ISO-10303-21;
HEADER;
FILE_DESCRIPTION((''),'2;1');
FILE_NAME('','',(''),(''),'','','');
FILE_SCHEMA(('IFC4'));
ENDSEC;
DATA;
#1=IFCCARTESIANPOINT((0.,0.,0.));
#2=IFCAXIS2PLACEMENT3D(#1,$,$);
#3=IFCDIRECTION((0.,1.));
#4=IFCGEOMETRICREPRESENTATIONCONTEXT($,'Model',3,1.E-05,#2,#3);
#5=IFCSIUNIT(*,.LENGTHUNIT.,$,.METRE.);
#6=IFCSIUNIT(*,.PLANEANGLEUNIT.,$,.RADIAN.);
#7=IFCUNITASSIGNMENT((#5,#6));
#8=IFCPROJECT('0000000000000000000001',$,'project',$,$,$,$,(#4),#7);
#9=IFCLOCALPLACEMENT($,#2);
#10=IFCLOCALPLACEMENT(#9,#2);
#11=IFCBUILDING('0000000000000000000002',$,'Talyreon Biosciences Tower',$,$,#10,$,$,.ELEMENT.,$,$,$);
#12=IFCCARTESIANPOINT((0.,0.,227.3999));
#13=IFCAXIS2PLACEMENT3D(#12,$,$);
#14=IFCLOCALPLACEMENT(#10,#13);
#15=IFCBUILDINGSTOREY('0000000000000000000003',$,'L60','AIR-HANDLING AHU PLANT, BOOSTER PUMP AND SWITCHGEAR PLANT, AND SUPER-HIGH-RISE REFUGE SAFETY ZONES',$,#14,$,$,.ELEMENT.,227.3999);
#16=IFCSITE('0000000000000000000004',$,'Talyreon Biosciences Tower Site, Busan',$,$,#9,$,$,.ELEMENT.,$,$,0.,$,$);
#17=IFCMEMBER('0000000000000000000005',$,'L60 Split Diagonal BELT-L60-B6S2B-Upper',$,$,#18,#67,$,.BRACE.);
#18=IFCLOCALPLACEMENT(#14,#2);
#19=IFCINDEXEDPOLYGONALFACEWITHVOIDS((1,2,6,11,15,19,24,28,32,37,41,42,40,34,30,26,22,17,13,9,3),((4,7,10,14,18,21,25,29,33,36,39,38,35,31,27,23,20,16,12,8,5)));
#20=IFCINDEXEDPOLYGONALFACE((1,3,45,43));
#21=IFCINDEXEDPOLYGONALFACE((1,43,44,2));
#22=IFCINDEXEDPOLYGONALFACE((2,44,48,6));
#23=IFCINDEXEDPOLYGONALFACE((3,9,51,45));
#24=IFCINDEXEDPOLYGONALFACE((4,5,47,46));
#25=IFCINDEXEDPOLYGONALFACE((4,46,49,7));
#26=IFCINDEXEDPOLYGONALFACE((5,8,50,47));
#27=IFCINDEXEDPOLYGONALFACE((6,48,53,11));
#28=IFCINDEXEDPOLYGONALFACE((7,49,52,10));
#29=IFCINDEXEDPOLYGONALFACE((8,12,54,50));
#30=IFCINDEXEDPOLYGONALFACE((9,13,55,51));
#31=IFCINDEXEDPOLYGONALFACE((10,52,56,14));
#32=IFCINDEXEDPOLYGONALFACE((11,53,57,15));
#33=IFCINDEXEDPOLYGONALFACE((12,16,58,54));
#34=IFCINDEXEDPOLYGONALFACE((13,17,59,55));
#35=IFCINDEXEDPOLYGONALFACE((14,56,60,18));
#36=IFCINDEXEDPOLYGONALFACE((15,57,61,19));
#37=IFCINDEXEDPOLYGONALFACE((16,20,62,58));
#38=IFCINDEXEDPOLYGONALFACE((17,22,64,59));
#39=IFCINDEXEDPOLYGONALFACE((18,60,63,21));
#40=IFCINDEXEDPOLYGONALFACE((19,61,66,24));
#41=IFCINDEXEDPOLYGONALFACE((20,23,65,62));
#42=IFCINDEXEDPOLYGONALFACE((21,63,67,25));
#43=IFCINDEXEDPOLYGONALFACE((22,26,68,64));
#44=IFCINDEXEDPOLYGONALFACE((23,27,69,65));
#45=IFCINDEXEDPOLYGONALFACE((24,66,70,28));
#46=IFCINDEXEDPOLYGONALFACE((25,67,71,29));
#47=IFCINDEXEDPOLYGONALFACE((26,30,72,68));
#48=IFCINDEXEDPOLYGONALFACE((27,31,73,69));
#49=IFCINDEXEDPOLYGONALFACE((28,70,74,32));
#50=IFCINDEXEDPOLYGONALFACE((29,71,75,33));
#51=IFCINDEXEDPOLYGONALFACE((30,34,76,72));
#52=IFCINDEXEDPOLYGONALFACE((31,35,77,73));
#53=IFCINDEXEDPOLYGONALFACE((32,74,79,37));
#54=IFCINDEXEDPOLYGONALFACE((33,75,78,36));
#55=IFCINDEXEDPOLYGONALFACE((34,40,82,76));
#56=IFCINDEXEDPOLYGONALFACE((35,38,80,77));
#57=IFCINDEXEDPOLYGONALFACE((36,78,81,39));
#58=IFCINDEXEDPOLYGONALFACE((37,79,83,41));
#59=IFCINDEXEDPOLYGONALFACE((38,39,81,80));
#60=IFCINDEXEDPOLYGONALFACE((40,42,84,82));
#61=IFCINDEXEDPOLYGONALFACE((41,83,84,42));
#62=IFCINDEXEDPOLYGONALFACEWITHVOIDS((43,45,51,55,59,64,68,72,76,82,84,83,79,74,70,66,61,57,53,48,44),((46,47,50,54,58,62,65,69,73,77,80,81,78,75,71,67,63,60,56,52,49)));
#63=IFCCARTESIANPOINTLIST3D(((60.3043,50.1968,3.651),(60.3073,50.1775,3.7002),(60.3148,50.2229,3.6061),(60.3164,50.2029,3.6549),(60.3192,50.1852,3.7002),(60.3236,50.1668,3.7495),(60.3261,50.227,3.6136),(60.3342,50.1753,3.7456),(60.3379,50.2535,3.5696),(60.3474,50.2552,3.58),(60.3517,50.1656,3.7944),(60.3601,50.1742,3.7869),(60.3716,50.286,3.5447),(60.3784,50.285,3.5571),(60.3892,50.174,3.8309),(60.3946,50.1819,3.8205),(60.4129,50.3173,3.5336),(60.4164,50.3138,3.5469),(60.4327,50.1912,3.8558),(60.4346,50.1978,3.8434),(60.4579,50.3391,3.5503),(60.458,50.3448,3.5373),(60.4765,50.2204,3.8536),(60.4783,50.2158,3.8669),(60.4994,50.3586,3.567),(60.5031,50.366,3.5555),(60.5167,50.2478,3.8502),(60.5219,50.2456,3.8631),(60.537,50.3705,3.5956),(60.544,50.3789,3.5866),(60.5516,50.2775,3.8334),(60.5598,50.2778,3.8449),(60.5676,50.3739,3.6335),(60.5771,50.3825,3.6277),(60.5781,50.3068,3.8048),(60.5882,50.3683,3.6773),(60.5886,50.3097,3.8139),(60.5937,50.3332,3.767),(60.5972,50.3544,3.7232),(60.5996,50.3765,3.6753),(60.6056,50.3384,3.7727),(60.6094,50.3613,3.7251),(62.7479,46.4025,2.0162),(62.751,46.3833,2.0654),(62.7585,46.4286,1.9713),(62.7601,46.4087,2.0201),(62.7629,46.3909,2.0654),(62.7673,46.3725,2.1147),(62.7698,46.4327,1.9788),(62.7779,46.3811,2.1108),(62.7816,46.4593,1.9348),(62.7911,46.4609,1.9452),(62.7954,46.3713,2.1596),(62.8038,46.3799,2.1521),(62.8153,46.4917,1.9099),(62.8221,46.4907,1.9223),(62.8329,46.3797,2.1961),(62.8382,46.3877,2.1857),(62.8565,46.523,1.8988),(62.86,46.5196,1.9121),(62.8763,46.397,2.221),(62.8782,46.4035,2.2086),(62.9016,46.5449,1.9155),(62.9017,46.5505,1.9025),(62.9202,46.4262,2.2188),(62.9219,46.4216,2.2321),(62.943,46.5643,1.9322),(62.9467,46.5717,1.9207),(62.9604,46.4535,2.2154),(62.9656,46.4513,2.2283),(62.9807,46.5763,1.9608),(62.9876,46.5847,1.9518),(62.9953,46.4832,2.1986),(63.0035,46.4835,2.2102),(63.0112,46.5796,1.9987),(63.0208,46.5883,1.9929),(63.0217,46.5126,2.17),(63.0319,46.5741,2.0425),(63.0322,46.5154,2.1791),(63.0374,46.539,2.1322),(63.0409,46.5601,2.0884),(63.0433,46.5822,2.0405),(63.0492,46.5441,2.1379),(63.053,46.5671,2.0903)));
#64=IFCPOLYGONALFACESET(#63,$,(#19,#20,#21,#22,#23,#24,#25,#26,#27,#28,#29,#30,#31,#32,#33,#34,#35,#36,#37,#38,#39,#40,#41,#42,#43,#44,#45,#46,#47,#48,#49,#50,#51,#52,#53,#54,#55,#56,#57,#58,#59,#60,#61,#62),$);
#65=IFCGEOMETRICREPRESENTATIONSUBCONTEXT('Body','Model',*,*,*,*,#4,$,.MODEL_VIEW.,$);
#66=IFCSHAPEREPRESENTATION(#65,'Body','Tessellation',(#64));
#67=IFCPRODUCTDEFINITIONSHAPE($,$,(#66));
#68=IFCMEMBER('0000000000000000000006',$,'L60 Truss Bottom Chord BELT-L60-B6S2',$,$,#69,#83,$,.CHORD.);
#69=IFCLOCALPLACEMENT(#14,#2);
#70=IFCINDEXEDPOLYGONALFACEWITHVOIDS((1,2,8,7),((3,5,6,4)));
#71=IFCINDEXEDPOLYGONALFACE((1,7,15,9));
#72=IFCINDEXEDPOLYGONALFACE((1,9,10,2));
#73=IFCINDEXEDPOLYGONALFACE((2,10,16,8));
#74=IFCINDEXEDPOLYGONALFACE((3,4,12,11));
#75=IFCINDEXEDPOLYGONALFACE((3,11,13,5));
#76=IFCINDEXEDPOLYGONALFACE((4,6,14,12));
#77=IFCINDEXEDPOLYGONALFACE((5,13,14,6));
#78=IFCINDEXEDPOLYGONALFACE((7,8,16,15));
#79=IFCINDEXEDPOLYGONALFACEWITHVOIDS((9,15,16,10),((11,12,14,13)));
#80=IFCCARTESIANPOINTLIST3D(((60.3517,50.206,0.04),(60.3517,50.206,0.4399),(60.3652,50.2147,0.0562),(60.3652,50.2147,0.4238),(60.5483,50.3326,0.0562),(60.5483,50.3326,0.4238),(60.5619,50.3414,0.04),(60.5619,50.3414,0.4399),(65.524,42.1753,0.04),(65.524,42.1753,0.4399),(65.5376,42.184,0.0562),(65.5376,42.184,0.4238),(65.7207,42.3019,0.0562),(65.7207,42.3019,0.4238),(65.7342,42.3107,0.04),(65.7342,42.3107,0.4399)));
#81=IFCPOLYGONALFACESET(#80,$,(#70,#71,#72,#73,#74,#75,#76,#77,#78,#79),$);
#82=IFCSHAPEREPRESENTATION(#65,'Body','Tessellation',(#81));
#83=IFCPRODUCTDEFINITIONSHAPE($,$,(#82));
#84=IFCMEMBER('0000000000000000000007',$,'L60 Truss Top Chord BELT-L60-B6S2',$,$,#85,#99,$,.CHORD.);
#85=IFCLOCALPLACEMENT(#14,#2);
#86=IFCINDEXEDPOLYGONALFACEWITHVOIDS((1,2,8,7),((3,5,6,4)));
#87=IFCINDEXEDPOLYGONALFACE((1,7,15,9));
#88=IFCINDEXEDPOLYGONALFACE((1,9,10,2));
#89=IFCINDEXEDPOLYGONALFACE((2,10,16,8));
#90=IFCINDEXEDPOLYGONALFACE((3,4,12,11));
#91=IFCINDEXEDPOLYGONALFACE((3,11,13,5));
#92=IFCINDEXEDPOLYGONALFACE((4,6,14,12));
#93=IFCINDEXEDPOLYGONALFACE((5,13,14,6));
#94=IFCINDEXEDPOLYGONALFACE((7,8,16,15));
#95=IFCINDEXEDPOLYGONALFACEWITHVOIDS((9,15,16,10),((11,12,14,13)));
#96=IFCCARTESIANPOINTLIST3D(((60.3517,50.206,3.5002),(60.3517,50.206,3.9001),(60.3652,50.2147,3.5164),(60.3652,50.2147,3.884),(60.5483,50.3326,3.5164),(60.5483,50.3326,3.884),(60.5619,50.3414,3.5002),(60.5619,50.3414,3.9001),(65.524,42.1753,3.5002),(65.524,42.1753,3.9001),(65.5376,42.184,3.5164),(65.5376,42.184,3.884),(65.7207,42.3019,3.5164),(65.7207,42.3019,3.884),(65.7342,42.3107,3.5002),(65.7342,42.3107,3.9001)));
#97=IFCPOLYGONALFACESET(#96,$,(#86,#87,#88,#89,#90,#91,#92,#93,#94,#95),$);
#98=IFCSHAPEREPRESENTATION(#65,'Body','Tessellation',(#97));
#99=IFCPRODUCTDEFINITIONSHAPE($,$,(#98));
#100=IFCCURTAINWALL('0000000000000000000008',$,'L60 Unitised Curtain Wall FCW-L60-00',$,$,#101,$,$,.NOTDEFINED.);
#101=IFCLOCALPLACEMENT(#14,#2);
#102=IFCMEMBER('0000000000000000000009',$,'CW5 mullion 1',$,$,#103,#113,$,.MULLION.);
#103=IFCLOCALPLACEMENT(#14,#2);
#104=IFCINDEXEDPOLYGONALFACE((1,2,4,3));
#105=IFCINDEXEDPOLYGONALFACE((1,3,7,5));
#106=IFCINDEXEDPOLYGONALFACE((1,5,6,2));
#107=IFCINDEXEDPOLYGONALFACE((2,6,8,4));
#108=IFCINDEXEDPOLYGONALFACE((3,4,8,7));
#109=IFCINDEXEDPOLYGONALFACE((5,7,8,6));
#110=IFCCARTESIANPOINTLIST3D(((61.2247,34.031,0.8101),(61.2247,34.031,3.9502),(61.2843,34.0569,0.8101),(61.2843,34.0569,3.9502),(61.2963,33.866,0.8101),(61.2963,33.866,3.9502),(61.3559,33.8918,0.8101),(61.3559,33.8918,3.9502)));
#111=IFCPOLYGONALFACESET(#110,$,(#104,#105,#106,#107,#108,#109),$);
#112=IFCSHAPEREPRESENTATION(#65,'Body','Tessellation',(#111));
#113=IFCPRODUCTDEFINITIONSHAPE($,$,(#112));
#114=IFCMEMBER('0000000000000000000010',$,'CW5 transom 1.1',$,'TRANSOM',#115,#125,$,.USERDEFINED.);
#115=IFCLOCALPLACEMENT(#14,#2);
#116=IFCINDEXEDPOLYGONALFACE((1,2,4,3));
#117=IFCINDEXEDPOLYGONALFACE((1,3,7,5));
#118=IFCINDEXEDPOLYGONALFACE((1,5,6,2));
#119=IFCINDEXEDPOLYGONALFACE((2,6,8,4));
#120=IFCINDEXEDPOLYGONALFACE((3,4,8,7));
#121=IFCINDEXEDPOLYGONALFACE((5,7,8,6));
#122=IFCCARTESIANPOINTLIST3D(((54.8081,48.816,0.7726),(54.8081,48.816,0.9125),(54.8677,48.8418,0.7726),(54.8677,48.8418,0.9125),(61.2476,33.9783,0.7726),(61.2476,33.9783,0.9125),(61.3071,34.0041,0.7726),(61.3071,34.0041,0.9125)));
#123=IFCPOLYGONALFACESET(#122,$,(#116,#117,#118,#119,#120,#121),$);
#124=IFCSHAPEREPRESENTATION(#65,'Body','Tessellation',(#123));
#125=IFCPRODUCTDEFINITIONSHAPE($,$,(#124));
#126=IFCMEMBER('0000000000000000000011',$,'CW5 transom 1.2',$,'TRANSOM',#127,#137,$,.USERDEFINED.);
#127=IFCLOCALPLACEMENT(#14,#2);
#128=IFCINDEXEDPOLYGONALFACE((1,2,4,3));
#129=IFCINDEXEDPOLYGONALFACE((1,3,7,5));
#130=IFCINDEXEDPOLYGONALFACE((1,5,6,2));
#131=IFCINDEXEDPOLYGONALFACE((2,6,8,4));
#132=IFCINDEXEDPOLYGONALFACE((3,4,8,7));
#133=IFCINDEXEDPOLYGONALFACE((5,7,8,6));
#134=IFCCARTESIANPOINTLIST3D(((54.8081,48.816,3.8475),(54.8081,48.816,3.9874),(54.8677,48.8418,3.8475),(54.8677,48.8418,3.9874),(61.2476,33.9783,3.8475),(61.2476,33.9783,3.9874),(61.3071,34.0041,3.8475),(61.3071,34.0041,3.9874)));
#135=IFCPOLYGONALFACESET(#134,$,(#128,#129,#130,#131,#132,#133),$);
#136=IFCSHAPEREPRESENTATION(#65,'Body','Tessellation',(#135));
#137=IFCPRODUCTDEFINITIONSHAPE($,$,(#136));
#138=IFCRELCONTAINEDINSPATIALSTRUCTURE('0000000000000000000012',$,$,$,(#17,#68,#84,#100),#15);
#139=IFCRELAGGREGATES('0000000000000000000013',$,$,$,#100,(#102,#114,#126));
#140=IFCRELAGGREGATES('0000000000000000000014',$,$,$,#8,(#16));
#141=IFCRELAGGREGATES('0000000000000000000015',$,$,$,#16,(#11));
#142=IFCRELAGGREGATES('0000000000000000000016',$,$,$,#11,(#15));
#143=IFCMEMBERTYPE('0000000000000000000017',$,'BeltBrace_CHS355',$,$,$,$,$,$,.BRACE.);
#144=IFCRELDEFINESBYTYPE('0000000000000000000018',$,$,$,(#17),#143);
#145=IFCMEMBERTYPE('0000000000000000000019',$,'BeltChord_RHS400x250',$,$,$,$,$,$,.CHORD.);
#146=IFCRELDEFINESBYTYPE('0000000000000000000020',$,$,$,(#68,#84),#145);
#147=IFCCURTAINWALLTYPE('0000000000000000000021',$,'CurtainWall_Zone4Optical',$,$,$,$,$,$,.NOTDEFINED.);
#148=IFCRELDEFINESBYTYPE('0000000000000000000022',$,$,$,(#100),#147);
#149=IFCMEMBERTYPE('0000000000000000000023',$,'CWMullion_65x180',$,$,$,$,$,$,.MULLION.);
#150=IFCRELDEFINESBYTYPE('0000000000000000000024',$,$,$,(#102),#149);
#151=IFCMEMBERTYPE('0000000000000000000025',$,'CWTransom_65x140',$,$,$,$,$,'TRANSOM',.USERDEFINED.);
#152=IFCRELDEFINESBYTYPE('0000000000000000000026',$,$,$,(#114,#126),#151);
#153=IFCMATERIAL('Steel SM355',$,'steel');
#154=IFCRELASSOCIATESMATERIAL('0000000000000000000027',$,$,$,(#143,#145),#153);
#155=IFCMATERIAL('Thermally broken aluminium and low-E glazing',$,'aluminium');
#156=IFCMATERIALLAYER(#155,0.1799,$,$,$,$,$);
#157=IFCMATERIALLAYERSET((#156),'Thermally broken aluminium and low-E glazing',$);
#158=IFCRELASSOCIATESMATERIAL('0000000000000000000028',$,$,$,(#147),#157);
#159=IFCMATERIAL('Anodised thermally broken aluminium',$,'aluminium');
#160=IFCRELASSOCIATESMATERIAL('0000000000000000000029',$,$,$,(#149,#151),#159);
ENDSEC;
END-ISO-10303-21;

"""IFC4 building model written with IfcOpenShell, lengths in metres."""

from ifc_helpers import new_model, si_unit, direction, frame, origin, origin_2d, place, context, subcontext, project, spatial, rectangle, hollow_rectangle, hollow_circle, extrude, material, layer, layer_set, material_profile, profile_set, type_object, element, aggregate, save


model = new_model("IFC4")

# Units and contexts
model_context = context("Model", 3, precision=1e-05, world=origin(), true_north=direction((0.0, 1.0)))
body_context = subcontext(model_context, "Body", "Model", "MODEL_VIEW")
ifc_project = project(units=[si_unit("LENGTHUNIT", "METRE"), si_unit("PLANEANGLEUNIT", "RADIAN")], contexts=[model_context])

# Site, building, storey
site_placement = place(None, origin())
site = spatial("IfcSite", under=ifc_project, at=site_placement, Name="Talyreon Biosciences Tower Site, Busan", CompositionType="ELEMENT", RefElevation=0.0)
building_placement = place(site_placement, origin())
building = spatial("IfcBuilding", under=site, at=building_placement, Name="Talyreon Biosciences Tower", CompositionType="ELEMENT")
storey_placement = place(building_placement, frame((0.0, 0.0, 227.3999)))
storey = spatial("IfcBuildingStorey", under=building, at=storey_placement, Name="L60", Description="AIR-HANDLING AHU PLANT, BOOSTER PUMP AND SWITCHGEAR PLANT, AND SUPER-HIGH-RISE REFUGE SAFETY ZONES", CompositionType="ELEMENT", Elevation=227.3999)

# Members
ifc_material_1 = material(Name="Steel SM355", Category="steel")
ifc_material_profile_1 = material_profile(ifc_material_1, hollow_circle(Radius=0.1777, WallThickness=0.0142, at=origin_2d()), Name="CHS 355.6x14.2")
ifc_profile_set_1 = profile_set([ifc_material_profile_1], Name="Steel SM355")
member_type_1 = type_object("IfcMemberType", Name="BeltBrace_CHS355", PredefinedType="BRACE", material=ifc_profile_set_1)
for number, where, z_axis, x_axis, name in (
    (1, (62.9004, 46.4795, 2.0654), (-0.509089, 0.790464, 0.34058), (-0.840726, -0.54146, 0.0), "L60 Split Diagonal BELT-L60-B6S2B-Upper"),
):
    element("IfcMember", number, at=place(storey_placement, frame(where, z_axis=z_axis, x_axis=x_axis)), inside=storey, type_object=member_type_1, Name=name, PredefinedType="BRACE", context=body_context, shape_type="SweptSolid", body=[
        extrude(hollow_circle(Radius=0.1777, WallThickness=0.0142, at=origin_2d()), origin(), (0.0, 0.0, 1.0), 4.8),
    ])
ifc_material_profile_2 = material_profile(ifc_material_1, hollow_rectangle(XDim=0.25, YDim=0.3999, WallThickness=0.0161, at=origin_2d()), Name="RHS 400x250x16")
ifc_profile_set_2 = profile_set([ifc_material_profile_2], Name="Steel SM355")
member_type_2 = type_object("IfcMemberType", Name="BeltChord_RHS400x250", PredefinedType="CHORD", material=ifc_profile_set_2)
for number, where, z_axis, x_axis, name in (
    (2, (60.4568, 50.2737, 0.24), (0.541478, -0.840715, 0.0), (0.840715, 0.541478, 0.0), "L60 Truss Bottom Chord BELT-L60-B6S2"),
    (3, (60.4568, 50.2737, 3.7002), (0.541478, -0.840715, 0.0), (0.840715, 0.541478, 0.0), "L60 Truss Top Chord BELT-L60-B6S2"),
):
    element("IfcMember", number, at=place(storey_placement, frame(where, z_axis=z_axis, x_axis=x_axis)), inside=storey, type_object=member_type_2, Name=name, PredefinedType="CHORD", context=body_context, shape_type="SweptSolid", body=[
        extrude(hollow_rectangle(XDim=0.25, YDim=0.3999, WallThickness=0.0161, at=origin_2d()), origin(), (0.0, 0.0, 1.0), 9.5522),
    ])

# Curtain wall, members
ifc_material_2 = material(Name="Thermally broken aluminium and low-E glazing", Category="aluminium")
ifc_layer_1 = layer(ifc_material_2, 0.1799)
ifc_layer_set_1 = layer_set([ifc_layer_1], Name="Thermally broken aluminium and low-E glazing")
curtain_wall_type = type_object("IfcCurtainWallType", Name="CurtainWall_Zone4Optical", PredefinedType="NOTDEFINED", material=ifc_layer_set_1)
curtain_wall_placement = place(storey_placement, origin())
curtain_wall = element("IfcCurtainWall", 4, at=curtain_wall_placement, inside=storey, type_object=curtain_wall_type, Name="L60 Unitised Curtain Wall FCW-L60-00", PredefinedType="NOTDEFINED")
ifc_material_3 = material(Name="Anodised thermally broken aluminium", Category="aluminium")
ifc_material_profile_3 = material_profile(ifc_material_3, rectangle(XDim=0.0649, YDim=0.1799, at=origin_2d()), Name="ALUM MULLION 65x180")
ifc_profile_set_3 = profile_set([ifc_material_profile_3], Name="Anodised thermally broken aluminium")
member_type_3 = type_object("IfcMemberType", Name="CWMullion_65x180", PredefinedType="MULLION", material=ifc_profile_set_3)
member_1_placement = place(storey_placement, frame((61.2903, 33.9614, 0.8101), z_axis=(0.0, 0.0, 1.0), x_axis=(-0.917337, -0.398112, 0.0)))
member_1 = element("IfcMember", 5, at=member_1_placement, type_object=member_type_3, Name="CW5 mullion 1", PredefinedType="MULLION", context=body_context, shape_type="SweptSolid", body=[
    extrude(rectangle(XDim=0.0649, YDim=0.1799, at=origin_2d()), origin(), (0.0, 0.0, 1.0), 3.1401),
])
ifc_material_profile_4 = material_profile(ifc_material_3, rectangle(XDim=0.0649, YDim=0.1399, at=origin_2d()), Name="ALUM TRANSOM 65x140")
ifc_profile_set_4 = profile_set([ifc_material_profile_4], Name="Anodised thermally broken aluminium")
member_type_4 = type_object("IfcMemberType", Name="CWTransom_65x140", ElementType="TRANSOM", PredefinedType="USERDEFINED", material=ifc_profile_set_4)
member_2_placement = place(storey_placement, frame((61.2773, 33.9912, 0.8425), z_axis=(-0.398118, 0.917334, 0.0), x_axis=(-0.917334, -0.398118, 0.0)))
member_2 = element("IfcMember", 6, at=member_2_placement, type_object=member_type_4, Name="CW5 transom 1.1", ObjectType="TRANSOM", PredefinedType="USERDEFINED", context=body_context, shape_type="SweptSolid", body=[
    extrude(rectangle(XDim=0.0649, YDim=0.1399, at=origin_2d()), origin(), (0.0, 0.0, 1.0), 16.1748),
])
member_3_placement = place(storey_placement, frame((61.2773, 33.9912, 3.9175), z_axis=(-0.398118, 0.917334, 0.0), x_axis=(-0.917334, -0.398118, 0.0)))
member_3 = element("IfcMember", 7, at=member_3_placement, type_object=member_type_4, Name="CW5 transom 1.2", ObjectType="TRANSOM", PredefinedType="USERDEFINED", context=body_context, shape_type="SweptSolid", body=[
    extrude(rectangle(XDim=0.0649, YDim=0.1399, at=origin_2d()), origin(), (0.0, 0.0, 1.0), 16.1748),
])

aggregate(curtain_wall, [member_1, member_2, member_3])

save(model, "model.ifc")
